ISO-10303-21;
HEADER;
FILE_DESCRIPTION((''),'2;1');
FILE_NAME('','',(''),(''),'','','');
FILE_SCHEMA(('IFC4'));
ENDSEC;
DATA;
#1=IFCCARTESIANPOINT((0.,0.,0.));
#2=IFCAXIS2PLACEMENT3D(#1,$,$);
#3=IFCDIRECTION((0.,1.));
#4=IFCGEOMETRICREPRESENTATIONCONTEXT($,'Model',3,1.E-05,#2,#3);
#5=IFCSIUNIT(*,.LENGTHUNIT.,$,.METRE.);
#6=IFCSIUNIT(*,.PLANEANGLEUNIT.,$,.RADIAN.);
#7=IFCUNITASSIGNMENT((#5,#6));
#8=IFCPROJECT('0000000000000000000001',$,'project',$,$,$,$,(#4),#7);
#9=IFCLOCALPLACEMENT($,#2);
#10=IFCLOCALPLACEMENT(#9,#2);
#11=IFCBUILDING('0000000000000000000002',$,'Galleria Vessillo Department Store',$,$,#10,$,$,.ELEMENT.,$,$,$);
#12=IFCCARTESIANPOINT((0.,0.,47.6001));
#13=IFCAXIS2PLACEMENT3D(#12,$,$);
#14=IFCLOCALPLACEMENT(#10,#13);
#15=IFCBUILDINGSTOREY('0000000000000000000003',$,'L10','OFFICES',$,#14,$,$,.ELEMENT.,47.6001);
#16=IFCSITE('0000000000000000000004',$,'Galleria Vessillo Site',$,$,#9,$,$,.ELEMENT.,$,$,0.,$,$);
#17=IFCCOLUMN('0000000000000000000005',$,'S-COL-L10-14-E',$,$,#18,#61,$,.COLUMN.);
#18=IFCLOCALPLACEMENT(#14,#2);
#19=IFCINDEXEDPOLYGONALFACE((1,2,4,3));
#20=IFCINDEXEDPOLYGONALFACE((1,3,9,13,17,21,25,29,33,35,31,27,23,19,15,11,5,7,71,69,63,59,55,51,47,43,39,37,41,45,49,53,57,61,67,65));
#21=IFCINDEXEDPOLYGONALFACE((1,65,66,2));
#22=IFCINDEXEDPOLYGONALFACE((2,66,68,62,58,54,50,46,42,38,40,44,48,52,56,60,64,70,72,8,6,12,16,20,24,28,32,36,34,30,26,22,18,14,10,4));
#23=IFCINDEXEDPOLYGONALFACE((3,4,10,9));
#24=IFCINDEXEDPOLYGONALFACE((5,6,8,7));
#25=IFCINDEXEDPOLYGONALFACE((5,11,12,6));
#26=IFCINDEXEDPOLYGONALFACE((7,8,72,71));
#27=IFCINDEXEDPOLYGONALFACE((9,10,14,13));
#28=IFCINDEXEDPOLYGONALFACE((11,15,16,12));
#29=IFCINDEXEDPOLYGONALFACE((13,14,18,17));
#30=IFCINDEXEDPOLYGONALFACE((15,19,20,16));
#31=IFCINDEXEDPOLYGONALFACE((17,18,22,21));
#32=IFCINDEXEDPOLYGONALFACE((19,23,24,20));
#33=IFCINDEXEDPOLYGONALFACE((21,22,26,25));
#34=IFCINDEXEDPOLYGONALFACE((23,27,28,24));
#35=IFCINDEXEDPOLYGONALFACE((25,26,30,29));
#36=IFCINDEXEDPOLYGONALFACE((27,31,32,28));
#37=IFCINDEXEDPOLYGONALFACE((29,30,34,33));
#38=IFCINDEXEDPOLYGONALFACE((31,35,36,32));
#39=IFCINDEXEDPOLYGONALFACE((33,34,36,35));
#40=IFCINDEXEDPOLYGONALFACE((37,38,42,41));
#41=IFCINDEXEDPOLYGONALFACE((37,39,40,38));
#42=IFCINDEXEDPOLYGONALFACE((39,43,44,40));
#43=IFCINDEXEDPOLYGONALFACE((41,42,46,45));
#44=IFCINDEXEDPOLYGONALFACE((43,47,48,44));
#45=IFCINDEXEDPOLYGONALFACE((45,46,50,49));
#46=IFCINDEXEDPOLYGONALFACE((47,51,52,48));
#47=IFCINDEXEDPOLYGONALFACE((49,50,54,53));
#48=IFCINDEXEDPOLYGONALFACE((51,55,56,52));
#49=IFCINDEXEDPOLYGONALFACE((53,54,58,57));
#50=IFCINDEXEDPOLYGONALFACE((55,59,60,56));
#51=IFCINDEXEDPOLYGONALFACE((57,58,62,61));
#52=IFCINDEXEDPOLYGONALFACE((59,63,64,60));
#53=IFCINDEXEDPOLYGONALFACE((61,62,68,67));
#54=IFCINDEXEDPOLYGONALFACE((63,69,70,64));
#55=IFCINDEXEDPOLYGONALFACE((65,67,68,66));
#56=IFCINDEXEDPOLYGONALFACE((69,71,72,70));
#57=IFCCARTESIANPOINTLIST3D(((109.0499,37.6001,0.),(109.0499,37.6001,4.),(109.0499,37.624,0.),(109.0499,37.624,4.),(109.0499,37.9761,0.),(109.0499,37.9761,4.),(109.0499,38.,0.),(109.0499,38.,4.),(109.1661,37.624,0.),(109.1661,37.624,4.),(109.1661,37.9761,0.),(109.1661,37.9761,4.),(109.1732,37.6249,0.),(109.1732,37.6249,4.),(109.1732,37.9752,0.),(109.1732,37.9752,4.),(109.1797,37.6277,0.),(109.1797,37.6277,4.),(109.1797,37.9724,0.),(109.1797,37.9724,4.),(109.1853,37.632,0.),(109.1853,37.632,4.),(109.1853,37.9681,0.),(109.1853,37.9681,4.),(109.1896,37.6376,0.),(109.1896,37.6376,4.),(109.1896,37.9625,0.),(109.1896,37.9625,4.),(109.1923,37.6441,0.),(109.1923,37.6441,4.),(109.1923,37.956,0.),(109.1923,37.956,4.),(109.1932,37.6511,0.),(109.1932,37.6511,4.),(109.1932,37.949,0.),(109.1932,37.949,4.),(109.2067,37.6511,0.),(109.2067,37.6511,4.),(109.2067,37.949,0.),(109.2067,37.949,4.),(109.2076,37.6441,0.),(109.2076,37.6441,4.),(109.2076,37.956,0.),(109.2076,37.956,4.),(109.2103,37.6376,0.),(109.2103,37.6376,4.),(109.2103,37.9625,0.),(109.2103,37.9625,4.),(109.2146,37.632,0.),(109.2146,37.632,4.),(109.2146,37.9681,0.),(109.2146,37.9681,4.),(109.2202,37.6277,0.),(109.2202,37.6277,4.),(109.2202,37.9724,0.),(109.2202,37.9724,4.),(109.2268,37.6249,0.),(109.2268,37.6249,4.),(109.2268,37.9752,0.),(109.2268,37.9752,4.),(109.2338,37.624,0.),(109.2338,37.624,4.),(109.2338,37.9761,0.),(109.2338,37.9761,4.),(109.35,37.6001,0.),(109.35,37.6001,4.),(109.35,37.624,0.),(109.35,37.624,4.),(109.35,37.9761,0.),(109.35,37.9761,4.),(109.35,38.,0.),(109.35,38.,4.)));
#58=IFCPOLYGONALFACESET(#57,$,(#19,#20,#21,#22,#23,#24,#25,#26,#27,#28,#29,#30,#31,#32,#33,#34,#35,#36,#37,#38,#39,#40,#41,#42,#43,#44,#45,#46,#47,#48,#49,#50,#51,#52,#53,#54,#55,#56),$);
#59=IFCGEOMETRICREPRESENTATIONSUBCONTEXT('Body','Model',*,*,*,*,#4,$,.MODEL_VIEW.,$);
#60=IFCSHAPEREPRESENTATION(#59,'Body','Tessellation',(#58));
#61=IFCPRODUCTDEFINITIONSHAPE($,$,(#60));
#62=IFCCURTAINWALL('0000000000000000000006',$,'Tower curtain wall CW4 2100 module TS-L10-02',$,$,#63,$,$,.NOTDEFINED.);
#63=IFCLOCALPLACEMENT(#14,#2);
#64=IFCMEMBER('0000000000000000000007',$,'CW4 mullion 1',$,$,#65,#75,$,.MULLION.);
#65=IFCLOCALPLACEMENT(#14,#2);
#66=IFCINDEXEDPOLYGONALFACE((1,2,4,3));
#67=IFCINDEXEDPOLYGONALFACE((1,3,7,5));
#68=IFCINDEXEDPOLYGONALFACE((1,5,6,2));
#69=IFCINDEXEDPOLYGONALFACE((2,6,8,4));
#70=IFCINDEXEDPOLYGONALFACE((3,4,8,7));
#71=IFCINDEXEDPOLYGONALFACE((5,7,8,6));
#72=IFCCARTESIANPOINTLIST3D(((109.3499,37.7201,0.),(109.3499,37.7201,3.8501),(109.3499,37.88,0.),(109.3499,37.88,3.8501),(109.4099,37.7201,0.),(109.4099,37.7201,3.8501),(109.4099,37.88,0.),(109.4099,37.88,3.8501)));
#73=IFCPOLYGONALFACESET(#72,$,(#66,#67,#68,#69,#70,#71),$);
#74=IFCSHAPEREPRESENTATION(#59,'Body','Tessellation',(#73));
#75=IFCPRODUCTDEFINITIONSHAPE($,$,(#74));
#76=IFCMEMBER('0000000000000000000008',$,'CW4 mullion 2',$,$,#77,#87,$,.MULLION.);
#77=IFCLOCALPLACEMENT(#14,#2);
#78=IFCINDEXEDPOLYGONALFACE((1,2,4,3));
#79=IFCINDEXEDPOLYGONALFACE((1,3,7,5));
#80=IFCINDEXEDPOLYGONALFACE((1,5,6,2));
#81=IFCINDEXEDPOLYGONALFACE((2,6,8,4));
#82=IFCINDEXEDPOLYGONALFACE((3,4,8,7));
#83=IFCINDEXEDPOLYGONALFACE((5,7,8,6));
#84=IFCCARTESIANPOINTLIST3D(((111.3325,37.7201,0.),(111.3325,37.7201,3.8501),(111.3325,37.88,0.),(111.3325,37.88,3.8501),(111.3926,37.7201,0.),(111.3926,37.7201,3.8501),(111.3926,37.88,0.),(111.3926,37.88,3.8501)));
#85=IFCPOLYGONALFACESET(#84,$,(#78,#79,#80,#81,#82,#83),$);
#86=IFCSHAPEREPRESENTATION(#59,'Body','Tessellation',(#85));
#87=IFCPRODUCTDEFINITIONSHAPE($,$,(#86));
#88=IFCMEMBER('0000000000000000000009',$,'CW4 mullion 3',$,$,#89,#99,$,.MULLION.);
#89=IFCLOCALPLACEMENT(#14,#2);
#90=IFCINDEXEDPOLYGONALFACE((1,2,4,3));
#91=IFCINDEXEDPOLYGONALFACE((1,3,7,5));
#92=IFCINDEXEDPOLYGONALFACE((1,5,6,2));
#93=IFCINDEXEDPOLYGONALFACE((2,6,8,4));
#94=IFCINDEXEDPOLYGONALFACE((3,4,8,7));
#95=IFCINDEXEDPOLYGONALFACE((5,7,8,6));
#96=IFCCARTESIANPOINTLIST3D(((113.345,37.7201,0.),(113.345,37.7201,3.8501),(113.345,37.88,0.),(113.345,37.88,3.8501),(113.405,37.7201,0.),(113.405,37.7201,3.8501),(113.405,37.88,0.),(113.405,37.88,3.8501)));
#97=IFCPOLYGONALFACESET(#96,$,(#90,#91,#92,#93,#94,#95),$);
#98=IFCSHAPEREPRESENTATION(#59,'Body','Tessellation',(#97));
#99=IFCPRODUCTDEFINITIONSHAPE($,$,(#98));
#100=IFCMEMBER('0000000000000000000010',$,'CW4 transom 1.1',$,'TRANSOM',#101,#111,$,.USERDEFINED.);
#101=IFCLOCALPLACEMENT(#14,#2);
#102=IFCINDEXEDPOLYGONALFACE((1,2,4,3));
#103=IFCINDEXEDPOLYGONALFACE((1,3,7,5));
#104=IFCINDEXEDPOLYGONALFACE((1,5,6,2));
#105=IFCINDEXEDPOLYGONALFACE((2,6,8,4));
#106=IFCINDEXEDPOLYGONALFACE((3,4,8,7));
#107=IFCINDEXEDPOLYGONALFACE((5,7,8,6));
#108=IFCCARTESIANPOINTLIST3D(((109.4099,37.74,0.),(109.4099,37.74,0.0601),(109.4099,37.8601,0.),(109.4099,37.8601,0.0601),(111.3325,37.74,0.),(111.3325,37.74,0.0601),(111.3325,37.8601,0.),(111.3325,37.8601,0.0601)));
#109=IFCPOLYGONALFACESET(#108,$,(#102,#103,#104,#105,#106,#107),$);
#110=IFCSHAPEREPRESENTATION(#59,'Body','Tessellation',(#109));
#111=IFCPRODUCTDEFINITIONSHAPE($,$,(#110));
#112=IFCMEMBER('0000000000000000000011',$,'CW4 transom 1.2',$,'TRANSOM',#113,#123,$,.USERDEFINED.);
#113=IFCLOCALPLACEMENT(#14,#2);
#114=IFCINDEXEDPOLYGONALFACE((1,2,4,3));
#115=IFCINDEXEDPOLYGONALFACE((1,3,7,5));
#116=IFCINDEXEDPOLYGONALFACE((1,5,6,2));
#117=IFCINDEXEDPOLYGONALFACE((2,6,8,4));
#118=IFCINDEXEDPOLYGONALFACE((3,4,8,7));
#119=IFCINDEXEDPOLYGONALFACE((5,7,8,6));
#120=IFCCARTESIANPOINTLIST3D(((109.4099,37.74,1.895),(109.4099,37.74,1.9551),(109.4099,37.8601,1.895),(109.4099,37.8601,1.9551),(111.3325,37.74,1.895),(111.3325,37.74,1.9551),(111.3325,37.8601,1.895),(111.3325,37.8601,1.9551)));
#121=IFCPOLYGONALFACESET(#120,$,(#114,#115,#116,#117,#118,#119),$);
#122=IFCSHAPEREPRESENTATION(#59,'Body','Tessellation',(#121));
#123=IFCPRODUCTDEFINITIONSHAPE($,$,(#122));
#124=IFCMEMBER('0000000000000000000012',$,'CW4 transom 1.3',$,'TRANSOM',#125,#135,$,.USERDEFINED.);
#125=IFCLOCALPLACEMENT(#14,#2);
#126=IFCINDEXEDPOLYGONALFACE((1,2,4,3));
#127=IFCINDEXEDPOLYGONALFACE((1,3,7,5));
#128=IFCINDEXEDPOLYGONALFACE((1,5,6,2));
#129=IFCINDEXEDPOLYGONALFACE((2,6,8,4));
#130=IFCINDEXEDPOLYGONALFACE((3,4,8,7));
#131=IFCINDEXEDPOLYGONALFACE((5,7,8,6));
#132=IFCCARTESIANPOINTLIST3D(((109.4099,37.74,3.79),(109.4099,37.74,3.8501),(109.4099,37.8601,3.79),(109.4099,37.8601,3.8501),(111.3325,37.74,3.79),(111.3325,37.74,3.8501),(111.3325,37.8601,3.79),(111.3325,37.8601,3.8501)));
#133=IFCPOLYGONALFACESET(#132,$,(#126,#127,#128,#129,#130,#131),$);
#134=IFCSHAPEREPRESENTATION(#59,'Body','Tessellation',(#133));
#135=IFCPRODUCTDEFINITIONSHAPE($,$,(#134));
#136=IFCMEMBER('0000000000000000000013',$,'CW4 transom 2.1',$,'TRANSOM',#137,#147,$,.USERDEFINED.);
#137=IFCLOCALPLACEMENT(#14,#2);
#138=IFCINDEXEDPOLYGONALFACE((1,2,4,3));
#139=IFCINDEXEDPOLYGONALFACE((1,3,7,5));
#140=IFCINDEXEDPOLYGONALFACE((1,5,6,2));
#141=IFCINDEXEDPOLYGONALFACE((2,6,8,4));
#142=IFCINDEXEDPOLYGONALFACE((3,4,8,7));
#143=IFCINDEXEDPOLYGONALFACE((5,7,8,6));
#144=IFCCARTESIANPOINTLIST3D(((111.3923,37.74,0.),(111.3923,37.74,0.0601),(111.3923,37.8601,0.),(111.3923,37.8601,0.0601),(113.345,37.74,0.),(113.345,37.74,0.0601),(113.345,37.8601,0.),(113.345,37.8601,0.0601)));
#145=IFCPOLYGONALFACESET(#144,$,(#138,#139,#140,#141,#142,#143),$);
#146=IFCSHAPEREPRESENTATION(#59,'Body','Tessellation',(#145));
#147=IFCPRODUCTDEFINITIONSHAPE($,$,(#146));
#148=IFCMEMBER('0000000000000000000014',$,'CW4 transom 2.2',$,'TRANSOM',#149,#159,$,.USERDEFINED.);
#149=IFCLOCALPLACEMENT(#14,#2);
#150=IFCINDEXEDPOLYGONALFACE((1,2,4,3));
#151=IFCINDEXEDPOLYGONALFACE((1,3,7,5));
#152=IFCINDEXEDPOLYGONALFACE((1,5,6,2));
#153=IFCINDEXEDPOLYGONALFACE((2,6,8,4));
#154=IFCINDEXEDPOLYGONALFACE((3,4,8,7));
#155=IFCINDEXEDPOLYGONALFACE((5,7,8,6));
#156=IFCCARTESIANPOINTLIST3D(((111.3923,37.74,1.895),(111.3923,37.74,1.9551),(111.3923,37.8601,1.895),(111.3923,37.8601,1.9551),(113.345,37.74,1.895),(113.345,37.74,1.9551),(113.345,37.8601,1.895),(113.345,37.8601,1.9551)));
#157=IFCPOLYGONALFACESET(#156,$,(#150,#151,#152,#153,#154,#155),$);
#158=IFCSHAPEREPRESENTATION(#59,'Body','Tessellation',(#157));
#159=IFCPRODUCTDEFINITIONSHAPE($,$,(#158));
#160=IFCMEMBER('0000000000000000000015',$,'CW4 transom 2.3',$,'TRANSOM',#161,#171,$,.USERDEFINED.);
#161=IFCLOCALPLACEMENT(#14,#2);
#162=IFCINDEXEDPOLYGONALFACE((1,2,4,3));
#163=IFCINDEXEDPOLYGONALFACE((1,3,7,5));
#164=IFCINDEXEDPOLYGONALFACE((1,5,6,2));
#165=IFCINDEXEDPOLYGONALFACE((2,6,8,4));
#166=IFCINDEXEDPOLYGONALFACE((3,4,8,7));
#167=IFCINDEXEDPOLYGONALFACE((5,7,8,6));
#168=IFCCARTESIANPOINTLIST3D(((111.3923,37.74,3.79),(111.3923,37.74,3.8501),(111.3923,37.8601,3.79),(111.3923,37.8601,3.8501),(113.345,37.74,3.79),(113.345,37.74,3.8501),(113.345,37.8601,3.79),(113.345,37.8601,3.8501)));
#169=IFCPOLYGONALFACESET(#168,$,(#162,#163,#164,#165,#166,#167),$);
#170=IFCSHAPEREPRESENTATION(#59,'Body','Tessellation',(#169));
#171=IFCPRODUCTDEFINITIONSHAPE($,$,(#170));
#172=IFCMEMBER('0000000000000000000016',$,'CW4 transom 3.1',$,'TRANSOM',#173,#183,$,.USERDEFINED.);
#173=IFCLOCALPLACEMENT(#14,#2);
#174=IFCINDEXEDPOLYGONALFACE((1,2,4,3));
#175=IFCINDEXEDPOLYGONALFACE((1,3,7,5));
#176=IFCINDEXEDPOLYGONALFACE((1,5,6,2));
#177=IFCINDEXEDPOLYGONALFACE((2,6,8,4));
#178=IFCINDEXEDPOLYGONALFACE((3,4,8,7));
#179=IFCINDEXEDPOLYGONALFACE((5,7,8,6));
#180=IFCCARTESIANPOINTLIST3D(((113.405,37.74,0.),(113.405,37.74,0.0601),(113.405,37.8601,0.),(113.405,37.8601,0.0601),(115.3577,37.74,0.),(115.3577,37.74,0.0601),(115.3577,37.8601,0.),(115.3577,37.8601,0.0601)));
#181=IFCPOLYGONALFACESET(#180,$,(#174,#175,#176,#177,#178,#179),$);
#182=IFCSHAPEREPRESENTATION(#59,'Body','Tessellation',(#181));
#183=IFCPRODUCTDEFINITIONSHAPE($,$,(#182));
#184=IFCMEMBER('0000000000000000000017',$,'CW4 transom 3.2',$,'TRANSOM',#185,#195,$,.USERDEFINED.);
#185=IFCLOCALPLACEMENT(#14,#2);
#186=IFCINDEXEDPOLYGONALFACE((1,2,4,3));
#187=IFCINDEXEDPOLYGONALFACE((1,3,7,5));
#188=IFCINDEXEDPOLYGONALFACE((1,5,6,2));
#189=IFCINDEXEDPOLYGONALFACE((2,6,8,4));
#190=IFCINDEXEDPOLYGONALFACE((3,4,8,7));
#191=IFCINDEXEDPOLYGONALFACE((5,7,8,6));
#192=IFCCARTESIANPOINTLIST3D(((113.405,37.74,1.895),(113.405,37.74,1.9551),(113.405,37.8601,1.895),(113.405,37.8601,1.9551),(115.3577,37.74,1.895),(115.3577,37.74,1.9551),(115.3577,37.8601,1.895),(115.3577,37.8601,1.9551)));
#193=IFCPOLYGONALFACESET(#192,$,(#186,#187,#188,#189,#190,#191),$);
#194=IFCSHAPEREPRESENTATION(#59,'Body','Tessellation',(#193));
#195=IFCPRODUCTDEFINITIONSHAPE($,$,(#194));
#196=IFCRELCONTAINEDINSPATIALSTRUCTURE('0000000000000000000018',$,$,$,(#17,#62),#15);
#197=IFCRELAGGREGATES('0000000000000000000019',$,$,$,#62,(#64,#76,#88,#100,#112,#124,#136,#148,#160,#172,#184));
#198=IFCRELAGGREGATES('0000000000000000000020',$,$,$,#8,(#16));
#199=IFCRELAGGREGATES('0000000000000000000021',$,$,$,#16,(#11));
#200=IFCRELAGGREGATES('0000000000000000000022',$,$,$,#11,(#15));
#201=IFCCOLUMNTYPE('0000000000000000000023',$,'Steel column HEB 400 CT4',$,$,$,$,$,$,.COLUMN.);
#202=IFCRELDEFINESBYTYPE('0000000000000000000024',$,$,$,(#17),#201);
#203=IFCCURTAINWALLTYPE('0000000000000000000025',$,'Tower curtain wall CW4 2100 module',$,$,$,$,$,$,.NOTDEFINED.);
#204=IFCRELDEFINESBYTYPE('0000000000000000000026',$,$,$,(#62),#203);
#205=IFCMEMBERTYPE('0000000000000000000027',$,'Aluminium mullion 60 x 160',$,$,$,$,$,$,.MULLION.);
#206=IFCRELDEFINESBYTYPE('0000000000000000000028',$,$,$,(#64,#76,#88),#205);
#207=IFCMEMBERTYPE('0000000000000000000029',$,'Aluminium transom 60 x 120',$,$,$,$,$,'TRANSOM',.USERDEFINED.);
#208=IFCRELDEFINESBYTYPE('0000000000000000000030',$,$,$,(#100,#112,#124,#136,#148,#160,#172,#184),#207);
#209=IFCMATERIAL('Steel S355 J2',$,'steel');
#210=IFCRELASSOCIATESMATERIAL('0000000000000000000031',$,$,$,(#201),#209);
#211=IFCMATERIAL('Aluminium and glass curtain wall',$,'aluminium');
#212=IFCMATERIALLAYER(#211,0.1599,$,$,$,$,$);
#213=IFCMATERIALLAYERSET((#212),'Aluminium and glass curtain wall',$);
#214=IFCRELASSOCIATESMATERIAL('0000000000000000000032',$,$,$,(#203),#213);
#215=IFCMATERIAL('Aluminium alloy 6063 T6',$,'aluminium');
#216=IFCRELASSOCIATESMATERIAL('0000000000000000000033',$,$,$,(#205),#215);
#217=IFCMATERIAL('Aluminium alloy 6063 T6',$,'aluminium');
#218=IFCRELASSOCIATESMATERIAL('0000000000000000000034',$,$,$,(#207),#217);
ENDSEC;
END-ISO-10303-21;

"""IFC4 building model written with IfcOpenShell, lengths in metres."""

from ifc_helpers import new_model, si_unit, direction, frame, origin, origin_2d, place, context, subcontext, project, spatial, rectangle, i_section, extrude, material, layer, layer_set, material_profile, profile_set, type_object, element, aggregate, save


model = new_model("IFC4")

# Units and contexts
model_context = context("Model", 3, precision=1e-05, world=origin(), true_north=direction((0.0, 1.0)))
body_context = subcontext(model_context, "Body", "Model", "MODEL_VIEW")
ifc_project = project(units=[si_unit("LENGTHUNIT", "METRE"), si_unit("PLANEANGLEUNIT", "RADIAN")], contexts=[model_context])

# Site, building, storey
site_placement = place(None, origin())
site = spatial("IfcSite", under=ifc_project, at=site_placement, Name="Galleria Vessillo Site", CompositionType="ELEMENT", RefElevation=0.0)
building_placement = place(site_placement, origin())
building = spatial("IfcBuilding", under=site, at=building_placement, Name="Galleria Vessillo Department Store", CompositionType="ELEMENT")
storey_placement = place(building_placement, frame((0.0, 0.0, 47.6001)))
storey = spatial("IfcBuildingStorey", under=building, at=storey_placement, Name="L10", Description="OFFICES", CompositionType="ELEMENT", Elevation=47.6001)

# Column
ifc_material_1 = material(Name="Steel S355 J2", Category="steel")
ifc_material_profile_1 = material_profile(ifc_material_1, i_section(OverallWidth=0.3, OverallDepth=0.3999, WebThickness=0.0134, FlangeThickness=0.0239, FilletRadius=0.0271, at=origin_2d()), Name="HEB 400")
ifc_profile_set_1 = profile_set([ifc_material_profile_1], Name="Steel S355 J2")
column_type = type_object("IfcColumnType", Name="Steel column HEB 400 CT4", PredefinedType="COLUMN", material=ifc_profile_set_1)
column_placement = place(storey_placement, frame((109.2, 37.8, 0.0), z_axis=(0.0, 0.0, 1.0), x_axis=(1.0, 0.0, 0.0)))
element("IfcColumn", 1, at=column_placement, inside=storey, type_object=column_type, Name="S-COL-L10-14-E", PredefinedType="COLUMN", context=body_context, shape_type="SweptSolid", body=[
    extrude(i_section(OverallWidth=0.3, OverallDepth=0.3999, WebThickness=0.0134, FlangeThickness=0.0239, FilletRadius=0.0271, at=origin_2d()), origin(), (0.0, 0.0, 1.0), 4.0),
])

# Curtain wall, members
ifc_material_2 = material(Name="Aluminium and glass curtain wall", Category="aluminium")
ifc_layer_1 = layer(ifc_material_2, 0.1599)
ifc_layer_set_1 = layer_set([ifc_layer_1], Name="Aluminium and glass curtain wall")
curtain_wall_type = type_object("IfcCurtainWallType", Name="Tower curtain wall CW4 2100 module", PredefinedType="NOTDEFINED", material=ifc_layer_set_1)
curtain_wall_placement = place(storey_placement, origin())
curtain_wall = element("IfcCurtainWall", 2, at=curtain_wall_placement, inside=storey, type_object=curtain_wall_type, Name="Tower curtain wall CW4 2100 module TS-L10-02", PredefinedType="NOTDEFINED")
ifc_material_3 = material(Name="Aluminium alloy 6063 T6", Category="aluminium")
ifc_material_profile_2 = material_profile(ifc_material_3, rectangle(XDim=0.1599, YDim=0.0601, at=origin_2d()), Name="AL 60x160")
ifc_profile_set_2 = profile_set([ifc_material_profile_2], Name="Aluminium alloy 6063 T6")
member_type_1 = type_object("IfcMemberType", Name="Aluminium mullion 60 x 160", PredefinedType="MULLION", material=ifc_profile_set_2)
member_1_placement = place(storey_placement, frame((109.3799, 37.8, 0.0), z_axis=(0.0, 0.0, 1.0), x_axis=(0.0, 1.0, 0.0)))
member_1 = element("IfcMember", 3, at=member_1_placement, type_object=member_type_1, Name="CW4 mullion 1", PredefinedType="MULLION", context=body_context, shape_type="SweptSolid", body=[
    extrude(rectangle(XDim=0.1599, YDim=0.0601, at=origin_2d()), origin(), (0.0, 0.0, 1.0), 3.8501),
])
member_2_placement = place(storey_placement, frame((111.3625, 37.8, 0.0), z_axis=(0.0, 0.0, 1.0), x_axis=(0.0, 1.0, 0.0)))
member_2 = element("IfcMember", 4, at=member_2_placement, type_object=member_type_1, Name="CW4 mullion 2", PredefinedType="MULLION", context=body_context, shape_type="SweptSolid", body=[
    extrude(rectangle(XDim=0.1599, YDim=0.0601, at=origin_2d()), origin(), (0.0, 0.0, 1.0), 3.8501),
])
member_3_placement = place(storey_placement, frame((113.375, 37.8, 0.0), z_axis=(0.0, 0.0, 1.0), x_axis=(0.0, 1.0, 0.0)))
member_3 = element("IfcMember", 5, at=member_3_placement, type_object=member_type_1, Name="CW4 mullion 3", PredefinedType="MULLION", context=body_context, shape_type="SweptSolid", body=[
    extrude(rectangle(XDim=0.1599, YDim=0.0601, at=origin_2d()), origin(), (0.0, 0.0, 1.0), 3.8501),
])
ifc_material_4 = material(Name="Aluminium alloy 6063 T6", Category="aluminium")
ifc_material_profile_3 = material_profile(ifc_material_4, rectangle(XDim=0.1201, YDim=0.0601, at=origin_2d()), Name="AL 60x120")
ifc_profile_set_3 = profile_set([ifc_material_profile_3], Name="Aluminium alloy 6063 T6")
member_type_2 = type_object("IfcMemberType", Name="Aluminium transom 60 x 120", ElementType="TRANSOM", PredefinedType="USERDEFINED", material=ifc_profile_set_3)
member_4_placement = place(storey_placement, frame((109.4099, 37.8, 0.03), z_axis=(1.0, 0.0, 0.0), x_axis=(0.0, 1.0, 0.0)))
member_4 = element("IfcMember", 6, at=member_4_placement, type_object=member_type_2, Name="CW4 transom 1.1", ObjectType="TRANSOM", PredefinedType="USERDEFINED", context=body_context, shape_type="SweptSolid", body=[
    extrude(rectangle(XDim=0.1201, YDim=0.0601, at=origin_2d()), origin(), (0.0, 0.0, 1.0), 1.9226),
])
member_5_placement = place(storey_placement, frame((109.4099, 37.8, 1.925), z_axis=(1.0, 0.0, 0.0), x_axis=(0.0, 1.0, 0.0)))
member_5 = element("IfcMember", 7, at=member_5_placement, type_object=member_type_2, Name="CW4 transom 1.2", ObjectType="TRANSOM", PredefinedType="USERDEFINED", context=body_context, shape_type="SweptSolid", body=[
    extrude(rectangle(XDim=0.1201, YDim=0.0601, at=origin_2d()), origin(), (0.0, 0.0, 1.0), 1.9226),
])
member_6_placement = place(storey_placement, frame((109.4099, 37.8, 3.8201), z_axis=(1.0, 0.0, 0.0), x_axis=(0.0, 1.0, 0.0)))
member_6 = element("IfcMember", 8, at=member_6_placement, type_object=member_type_2, Name="CW4 transom 1.3", ObjectType="TRANSOM", PredefinedType="USERDEFINED", context=body_context, shape_type="SweptSolid", body=[
    extrude(rectangle(XDim=0.1201, YDim=0.0601, at=origin_2d()), origin(), (0.0, 0.0, 1.0), 1.9226),
])
member_7_placement = place(storey_placement, frame((111.3923, 37.8, 0.03), z_axis=(1.0, 0.0, 0.0), x_axis=(0.0, 1.0, 0.0)))
member_7 = element("IfcMember", 9, at=member_7_placement, type_object=member_type_2, Name="CW4 transom 2.1", ObjectType="TRANSOM", PredefinedType="USERDEFINED", context=body_context, shape_type="SweptSolid", body=[
    extrude(rectangle(XDim=0.1201, YDim=0.0601, at=origin_2d()), origin(), (0.0, 0.0, 1.0), 1.9526),
])
member_8_placement = place(storey_placement, frame((111.3923, 37.8, 1.925), z_axis=(1.0, 0.0, 0.0), x_axis=(0.0, 1.0, 0.0)))
member_8 = element("IfcMember", 10, at=member_8_placement, type_object=member_type_2, Name="CW4 transom 2.2", ObjectType="TRANSOM", PredefinedType="USERDEFINED", context=body_context, shape_type="SweptSolid", body=[
    extrude(rectangle(XDim=0.1201, YDim=0.0601, at=origin_2d()), origin(), (0.0, 0.0, 1.0), 1.9526),
])
member_9_placement = place(storey_placement, frame((111.3923, 37.8, 3.8201), z_axis=(1.0, 0.0, 0.0), x_axis=(0.0, 1.0, 0.0)))
member_9 = element("IfcMember", 11, at=member_9_placement, type_object=member_type_2, Name="CW4 transom 2.3", ObjectType="TRANSOM", PredefinedType="USERDEFINED", context=body_context, shape_type="SweptSolid", body=[
    extrude(rectangle(XDim=0.1201, YDim=0.0601, at=origin_2d()), origin(), (0.0, 0.0, 1.0), 1.9526),
])
member_10_placement = place(storey_placement, frame((113.405, 37.8, 0.03), z_axis=(1.0, 0.0, 0.0), x_axis=(0.0, 1.0, 0.0)))
member_10 = element("IfcMember", 12, at=member_10_placement, type_object=member_type_2, Name="CW4 transom 3.1", ObjectType="TRANSOM", PredefinedType="USERDEFINED", context=body_context, shape_type="SweptSolid", body=[
    extrude(rectangle(XDim=0.1201, YDim=0.0601, at=origin_2d()), origin(), (0.0, 0.0, 1.0), 1.9526),
])
member_11_placement = place(storey_placement, frame((113.405, 37.8, 1.925), z_axis=(1.0, 0.0, 0.0), x_axis=(0.0, 1.0, 0.0)))
member_11 = element("IfcMember", 13, at=member_11_placement, type_object=member_type_2, Name="CW4 transom 3.2", ObjectType="TRANSOM", PredefinedType="USERDEFINED", context=body_context, shape_type="SweptSolid", body=[
    extrude(rectangle(XDim=0.1201, YDim=0.0601, at=origin_2d()), origin(), (0.0, 0.0, 1.0), 1.9526),
])

aggregate(curtain_wall, [member_1, member_2, member_3, member_4, member_5, member_6, member_7, member_8, member_9, member_10, member_11])

save(model, "model.ifc")
